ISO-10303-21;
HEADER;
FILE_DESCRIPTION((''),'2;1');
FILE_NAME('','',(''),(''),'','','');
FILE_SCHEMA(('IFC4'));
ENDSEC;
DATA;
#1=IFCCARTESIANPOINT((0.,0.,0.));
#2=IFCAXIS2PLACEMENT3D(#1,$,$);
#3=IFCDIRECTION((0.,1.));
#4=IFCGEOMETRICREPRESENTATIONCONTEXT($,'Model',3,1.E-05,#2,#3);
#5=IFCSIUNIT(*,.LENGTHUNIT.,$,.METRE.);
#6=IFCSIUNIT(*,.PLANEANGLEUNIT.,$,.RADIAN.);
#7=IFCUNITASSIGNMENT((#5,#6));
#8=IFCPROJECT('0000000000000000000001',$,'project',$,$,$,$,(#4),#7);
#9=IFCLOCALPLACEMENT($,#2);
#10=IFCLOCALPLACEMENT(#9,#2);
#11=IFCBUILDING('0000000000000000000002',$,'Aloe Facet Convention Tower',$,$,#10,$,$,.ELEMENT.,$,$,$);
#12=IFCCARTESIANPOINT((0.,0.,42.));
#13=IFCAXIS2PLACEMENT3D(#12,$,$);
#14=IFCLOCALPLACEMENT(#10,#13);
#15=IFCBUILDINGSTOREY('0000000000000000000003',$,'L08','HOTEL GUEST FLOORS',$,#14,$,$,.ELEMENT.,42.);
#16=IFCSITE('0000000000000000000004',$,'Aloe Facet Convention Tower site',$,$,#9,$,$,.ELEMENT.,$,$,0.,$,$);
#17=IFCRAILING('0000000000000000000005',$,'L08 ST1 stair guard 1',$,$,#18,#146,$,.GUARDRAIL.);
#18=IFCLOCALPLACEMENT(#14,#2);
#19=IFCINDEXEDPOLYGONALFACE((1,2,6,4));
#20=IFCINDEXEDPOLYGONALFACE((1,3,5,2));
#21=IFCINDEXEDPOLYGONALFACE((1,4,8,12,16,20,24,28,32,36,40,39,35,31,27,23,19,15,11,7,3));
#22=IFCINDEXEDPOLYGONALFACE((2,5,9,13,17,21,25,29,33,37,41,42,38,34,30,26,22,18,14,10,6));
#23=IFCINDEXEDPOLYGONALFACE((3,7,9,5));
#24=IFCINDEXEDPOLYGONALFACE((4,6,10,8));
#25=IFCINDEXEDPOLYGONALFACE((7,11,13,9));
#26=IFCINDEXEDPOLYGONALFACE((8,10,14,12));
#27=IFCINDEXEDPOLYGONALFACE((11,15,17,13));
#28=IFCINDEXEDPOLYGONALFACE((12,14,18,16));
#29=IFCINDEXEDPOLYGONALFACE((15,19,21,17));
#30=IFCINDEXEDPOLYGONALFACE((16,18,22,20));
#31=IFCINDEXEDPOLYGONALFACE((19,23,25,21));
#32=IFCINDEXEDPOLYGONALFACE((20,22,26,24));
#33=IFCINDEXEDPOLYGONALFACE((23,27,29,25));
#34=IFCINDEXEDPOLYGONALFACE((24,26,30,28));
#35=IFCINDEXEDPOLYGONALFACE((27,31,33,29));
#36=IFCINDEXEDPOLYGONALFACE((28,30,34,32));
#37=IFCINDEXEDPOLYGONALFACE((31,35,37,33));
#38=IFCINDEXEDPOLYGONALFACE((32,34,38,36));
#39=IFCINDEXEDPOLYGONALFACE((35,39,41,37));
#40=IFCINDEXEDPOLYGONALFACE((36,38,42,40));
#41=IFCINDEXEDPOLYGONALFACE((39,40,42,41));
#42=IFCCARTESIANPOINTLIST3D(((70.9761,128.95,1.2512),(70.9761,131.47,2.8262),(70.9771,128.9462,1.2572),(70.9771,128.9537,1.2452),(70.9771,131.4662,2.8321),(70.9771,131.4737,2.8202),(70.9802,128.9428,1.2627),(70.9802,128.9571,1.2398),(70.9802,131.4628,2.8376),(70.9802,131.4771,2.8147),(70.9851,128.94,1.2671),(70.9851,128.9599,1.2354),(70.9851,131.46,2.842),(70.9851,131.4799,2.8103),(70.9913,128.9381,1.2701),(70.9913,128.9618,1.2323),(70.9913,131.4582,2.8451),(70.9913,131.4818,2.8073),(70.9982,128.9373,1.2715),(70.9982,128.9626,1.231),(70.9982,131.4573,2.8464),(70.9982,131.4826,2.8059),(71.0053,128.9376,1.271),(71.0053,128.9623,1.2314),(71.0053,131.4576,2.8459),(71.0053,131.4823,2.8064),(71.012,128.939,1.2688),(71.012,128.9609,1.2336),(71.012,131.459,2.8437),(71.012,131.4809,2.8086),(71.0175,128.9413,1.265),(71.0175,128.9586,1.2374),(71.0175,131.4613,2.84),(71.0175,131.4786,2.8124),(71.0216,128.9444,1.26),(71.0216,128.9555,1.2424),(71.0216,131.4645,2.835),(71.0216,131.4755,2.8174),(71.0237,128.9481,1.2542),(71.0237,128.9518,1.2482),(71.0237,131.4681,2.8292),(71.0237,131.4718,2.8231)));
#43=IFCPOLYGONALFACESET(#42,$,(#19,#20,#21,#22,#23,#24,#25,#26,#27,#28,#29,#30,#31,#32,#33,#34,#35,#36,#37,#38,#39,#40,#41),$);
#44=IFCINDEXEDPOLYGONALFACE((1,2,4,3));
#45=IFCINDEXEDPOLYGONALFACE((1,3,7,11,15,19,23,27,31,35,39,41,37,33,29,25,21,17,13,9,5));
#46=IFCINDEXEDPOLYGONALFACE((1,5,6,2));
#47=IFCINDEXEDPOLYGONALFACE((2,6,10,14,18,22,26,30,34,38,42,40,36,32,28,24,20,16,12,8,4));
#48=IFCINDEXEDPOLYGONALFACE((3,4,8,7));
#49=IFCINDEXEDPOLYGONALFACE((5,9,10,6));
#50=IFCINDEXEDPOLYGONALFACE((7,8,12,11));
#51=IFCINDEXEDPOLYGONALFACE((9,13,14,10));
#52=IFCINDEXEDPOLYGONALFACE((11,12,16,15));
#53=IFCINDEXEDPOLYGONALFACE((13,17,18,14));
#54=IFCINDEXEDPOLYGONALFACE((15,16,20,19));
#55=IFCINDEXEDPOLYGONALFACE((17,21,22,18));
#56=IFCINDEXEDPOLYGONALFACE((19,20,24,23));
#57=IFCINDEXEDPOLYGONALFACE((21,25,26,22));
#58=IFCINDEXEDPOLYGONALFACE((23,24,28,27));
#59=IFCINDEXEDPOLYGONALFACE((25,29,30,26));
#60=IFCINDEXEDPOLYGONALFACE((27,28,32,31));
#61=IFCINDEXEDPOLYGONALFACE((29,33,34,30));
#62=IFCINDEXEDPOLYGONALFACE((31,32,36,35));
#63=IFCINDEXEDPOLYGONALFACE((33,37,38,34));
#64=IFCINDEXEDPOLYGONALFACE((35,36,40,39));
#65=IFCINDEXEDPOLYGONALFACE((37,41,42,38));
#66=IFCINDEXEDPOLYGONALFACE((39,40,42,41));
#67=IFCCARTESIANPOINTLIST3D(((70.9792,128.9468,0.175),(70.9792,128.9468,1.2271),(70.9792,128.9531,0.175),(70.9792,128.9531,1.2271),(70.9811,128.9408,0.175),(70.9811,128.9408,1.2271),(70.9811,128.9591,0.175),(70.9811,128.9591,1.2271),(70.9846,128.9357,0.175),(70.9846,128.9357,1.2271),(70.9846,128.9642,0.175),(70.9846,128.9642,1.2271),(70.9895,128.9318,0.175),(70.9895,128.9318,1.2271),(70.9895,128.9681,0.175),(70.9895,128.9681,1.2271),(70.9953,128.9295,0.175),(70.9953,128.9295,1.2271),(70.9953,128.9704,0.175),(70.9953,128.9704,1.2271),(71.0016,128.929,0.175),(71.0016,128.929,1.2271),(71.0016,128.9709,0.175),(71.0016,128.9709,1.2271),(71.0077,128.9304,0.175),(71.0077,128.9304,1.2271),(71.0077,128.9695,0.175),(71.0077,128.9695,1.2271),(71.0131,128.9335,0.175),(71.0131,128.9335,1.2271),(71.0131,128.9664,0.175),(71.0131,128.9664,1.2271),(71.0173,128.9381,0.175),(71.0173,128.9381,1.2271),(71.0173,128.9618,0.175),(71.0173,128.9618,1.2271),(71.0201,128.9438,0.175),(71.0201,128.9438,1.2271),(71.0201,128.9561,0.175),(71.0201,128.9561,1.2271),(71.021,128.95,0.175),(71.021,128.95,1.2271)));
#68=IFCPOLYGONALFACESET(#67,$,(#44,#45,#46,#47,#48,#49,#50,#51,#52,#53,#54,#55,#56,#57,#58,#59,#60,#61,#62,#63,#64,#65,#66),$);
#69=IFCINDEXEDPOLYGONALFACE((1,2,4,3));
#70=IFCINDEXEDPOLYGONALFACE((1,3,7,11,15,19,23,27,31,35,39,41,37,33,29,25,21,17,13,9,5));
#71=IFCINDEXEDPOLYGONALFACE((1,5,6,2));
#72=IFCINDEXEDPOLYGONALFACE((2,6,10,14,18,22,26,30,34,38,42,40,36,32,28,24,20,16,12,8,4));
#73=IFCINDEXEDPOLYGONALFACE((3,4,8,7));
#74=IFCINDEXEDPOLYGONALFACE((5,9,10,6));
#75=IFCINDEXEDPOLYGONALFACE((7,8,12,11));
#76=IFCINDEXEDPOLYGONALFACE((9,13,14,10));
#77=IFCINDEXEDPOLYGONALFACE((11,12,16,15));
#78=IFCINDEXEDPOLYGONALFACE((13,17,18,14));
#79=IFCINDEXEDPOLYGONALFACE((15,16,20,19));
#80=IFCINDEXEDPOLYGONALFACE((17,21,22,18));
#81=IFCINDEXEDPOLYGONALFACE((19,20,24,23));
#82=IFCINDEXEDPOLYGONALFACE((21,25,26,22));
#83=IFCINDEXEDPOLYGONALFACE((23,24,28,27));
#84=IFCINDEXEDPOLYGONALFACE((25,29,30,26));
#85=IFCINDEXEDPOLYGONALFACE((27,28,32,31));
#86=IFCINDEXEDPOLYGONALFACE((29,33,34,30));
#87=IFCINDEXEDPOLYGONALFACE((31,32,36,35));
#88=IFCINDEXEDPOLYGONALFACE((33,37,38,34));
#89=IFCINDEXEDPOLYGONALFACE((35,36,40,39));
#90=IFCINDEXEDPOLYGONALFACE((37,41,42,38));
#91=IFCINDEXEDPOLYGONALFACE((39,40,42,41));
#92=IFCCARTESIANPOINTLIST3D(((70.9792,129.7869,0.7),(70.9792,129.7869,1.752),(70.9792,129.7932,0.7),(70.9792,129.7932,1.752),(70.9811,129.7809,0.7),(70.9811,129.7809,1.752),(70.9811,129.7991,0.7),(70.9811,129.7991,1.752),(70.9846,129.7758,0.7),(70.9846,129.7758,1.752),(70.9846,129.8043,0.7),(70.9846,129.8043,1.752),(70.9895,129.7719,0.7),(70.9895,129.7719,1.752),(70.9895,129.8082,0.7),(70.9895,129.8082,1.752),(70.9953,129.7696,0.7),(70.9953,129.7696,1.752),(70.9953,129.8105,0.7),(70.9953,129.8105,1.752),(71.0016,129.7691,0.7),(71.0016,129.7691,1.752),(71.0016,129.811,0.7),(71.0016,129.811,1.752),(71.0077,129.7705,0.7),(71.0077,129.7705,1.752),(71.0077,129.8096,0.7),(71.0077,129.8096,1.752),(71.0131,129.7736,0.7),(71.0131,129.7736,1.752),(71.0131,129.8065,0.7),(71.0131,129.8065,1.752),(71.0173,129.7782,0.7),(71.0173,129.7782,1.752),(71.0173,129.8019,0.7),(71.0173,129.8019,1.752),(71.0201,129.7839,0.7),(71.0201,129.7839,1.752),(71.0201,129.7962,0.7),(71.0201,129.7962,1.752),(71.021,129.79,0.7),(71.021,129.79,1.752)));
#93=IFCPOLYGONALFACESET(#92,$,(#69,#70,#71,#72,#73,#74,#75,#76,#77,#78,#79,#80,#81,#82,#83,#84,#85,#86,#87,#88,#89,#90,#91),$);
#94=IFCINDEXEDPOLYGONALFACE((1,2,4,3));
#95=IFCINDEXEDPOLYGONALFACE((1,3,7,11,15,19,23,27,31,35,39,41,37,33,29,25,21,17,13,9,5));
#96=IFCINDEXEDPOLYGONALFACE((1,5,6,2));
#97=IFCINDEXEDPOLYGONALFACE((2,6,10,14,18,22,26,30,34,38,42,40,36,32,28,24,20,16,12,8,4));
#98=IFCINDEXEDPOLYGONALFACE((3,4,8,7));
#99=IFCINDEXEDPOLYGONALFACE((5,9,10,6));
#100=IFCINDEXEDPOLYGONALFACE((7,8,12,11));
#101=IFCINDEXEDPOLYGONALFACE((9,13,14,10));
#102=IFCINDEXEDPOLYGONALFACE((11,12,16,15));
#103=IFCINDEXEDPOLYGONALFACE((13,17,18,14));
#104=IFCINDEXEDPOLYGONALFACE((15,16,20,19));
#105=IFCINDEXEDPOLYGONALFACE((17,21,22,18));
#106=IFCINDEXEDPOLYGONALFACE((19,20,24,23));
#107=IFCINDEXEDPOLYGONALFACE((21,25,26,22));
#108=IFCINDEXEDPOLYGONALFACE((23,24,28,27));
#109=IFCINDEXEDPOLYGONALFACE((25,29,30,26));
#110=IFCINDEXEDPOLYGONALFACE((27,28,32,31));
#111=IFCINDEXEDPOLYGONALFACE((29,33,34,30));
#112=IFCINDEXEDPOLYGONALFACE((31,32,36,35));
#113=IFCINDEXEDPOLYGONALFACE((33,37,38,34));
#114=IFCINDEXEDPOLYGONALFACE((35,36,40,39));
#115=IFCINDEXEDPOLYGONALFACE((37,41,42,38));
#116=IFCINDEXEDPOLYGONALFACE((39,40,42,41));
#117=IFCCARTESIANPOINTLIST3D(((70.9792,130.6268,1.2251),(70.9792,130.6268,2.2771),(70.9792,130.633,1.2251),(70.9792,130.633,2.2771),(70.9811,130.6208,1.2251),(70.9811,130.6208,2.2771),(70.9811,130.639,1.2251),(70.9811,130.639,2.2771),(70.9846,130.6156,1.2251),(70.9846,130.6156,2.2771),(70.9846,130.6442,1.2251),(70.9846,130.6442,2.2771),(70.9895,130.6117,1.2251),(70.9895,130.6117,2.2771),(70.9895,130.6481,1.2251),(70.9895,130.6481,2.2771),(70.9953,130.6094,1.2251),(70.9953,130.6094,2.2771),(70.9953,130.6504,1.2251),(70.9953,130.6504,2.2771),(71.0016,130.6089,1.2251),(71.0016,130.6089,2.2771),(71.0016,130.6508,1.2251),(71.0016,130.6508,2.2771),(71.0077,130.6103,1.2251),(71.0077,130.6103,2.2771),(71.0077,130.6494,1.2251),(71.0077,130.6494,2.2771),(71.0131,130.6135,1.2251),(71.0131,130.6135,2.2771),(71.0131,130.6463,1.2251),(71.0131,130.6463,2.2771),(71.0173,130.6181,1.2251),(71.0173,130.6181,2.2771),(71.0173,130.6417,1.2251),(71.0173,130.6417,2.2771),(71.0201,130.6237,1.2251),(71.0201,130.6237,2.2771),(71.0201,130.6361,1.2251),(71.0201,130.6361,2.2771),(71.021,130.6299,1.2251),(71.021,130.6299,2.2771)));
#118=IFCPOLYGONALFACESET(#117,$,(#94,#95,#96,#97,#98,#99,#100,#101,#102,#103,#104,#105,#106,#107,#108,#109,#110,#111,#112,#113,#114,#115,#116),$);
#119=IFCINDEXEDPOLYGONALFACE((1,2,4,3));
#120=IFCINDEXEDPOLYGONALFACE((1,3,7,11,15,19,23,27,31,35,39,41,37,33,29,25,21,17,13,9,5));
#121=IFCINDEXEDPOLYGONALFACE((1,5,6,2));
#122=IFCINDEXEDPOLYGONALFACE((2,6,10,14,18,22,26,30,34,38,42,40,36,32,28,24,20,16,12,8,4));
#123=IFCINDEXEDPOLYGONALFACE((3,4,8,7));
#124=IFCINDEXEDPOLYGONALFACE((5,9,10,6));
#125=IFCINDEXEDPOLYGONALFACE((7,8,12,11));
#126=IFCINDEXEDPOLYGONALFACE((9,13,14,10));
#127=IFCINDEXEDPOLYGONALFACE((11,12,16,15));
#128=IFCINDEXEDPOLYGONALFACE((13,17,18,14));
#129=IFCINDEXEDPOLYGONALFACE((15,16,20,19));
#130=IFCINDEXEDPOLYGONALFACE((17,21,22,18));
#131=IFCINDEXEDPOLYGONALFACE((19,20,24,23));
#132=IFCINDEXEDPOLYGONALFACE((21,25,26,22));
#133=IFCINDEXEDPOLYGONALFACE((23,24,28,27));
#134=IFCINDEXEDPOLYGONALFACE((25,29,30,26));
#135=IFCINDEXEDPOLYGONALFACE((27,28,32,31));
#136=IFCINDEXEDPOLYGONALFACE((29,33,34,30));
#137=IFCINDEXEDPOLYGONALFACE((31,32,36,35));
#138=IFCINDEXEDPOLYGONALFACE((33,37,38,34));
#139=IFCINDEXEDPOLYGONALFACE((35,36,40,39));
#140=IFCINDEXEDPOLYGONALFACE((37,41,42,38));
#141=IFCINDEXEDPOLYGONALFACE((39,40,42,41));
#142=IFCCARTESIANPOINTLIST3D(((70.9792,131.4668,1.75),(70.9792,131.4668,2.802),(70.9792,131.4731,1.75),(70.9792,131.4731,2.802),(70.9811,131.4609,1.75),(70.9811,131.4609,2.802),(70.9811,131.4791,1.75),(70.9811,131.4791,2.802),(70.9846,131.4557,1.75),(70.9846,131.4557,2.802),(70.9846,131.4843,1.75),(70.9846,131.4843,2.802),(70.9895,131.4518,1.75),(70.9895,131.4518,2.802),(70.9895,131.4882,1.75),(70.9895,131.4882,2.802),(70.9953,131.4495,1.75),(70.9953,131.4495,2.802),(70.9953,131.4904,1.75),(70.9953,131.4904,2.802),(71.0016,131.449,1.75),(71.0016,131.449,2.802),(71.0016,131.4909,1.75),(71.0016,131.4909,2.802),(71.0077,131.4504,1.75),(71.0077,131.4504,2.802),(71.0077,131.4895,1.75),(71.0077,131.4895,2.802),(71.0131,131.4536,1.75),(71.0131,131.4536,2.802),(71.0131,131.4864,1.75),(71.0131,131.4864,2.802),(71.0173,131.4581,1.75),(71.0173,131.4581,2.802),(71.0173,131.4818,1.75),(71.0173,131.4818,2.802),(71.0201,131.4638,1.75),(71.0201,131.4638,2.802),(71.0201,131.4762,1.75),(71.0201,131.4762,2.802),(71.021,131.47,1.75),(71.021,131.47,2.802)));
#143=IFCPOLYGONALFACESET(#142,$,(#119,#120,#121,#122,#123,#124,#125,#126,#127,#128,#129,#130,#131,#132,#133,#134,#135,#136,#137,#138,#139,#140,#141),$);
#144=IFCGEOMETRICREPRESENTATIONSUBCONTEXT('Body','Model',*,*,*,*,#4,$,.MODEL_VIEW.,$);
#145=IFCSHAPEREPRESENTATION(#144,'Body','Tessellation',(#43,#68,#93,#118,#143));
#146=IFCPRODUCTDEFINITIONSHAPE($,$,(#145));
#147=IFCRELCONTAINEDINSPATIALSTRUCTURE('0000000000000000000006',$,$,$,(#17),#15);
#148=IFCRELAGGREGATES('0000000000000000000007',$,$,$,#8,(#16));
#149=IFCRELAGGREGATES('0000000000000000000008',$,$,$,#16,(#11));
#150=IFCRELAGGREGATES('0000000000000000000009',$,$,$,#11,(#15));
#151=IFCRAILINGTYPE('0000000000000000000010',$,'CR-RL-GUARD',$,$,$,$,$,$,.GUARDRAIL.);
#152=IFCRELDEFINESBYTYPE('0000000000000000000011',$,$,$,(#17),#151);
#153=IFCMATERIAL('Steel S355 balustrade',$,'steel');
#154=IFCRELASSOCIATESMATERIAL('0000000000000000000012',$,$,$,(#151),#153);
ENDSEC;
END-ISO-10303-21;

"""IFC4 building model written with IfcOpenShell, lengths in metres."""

from ifc_helpers import new_model, si_unit, direction, frame, origin, origin_2d, place, context, subcontext, project, spatial, circle, extrude, material, type_object, element, save


model = new_model("IFC4")

# Units and contexts
model_context = context("Model", 3, precision=1e-05, world=origin(), true_north=direction((0.0, 1.0)))
body_context = subcontext(model_context, "Body", "Model", "MODEL_VIEW")
ifc_project = project(units=[si_unit("LENGTHUNIT", "METRE"), si_unit("PLANEANGLEUNIT", "RADIAN")], contexts=[model_context])

# Site, building, storey
site_placement = place(None, origin())
site = spatial("IfcSite", under=ifc_project, at=site_placement, Name="Aloe Facet Convention Tower site", CompositionType="ELEMENT", RefElevation=0.0)
building_placement = place(site_placement, origin())
building = spatial("IfcBuilding", under=site, at=building_placement, Name="Aloe Facet Convention Tower", CompositionType="ELEMENT")
storey_placement = place(building_placement, frame((0.0, 0.0, 42.0)))
storey = spatial("IfcBuildingStorey", under=building, at=storey_placement, Name="L08", Description="HOTEL GUEST FLOORS", CompositionType="ELEMENT", Elevation=42.0)

# Railing
ifc_material_1 = material(Name="Steel S355 balustrade", Category="steel")
railing_type_1 = type_object("IfcRailingType", Name="CR-RL-GUARD", PredefinedType="GUARDRAIL", material=ifc_material_1)
railing_1_placement = place(storey_placement, frame((71.0, 128.95, 0.175)))
element("IfcRailing", 1, at=railing_1_placement, inside=storey, type_object=railing_type_1, Name="L08 ST1 stair guard 1", PredefinedType="GUARDRAIL", context=body_context, shape_type="SweptSolid", body=[
    extrude(circle(Radius=0.0239, at=origin_2d()), frame((0.0, 0.0, 1.0762), z_axis=(0.0, 0.848008, 0.529984), x_axis=(-1.0, 0.0, 0.0)), (0.0, 0.0, 1.0), 2.9717),
    extrude(circle(Radius=0.021, at=origin_2d()), origin(), (0.0, 0.0, 1.0), 1.052),
    extrude(circle(Radius=0.021, at=origin_2d()), frame((0.0, 0.8401, 0.5249)), (0.0, 0.0, 1.0), 1.052),
    extrude(circle(Radius=0.021, at=origin_2d()), frame((0.0, 1.6799, 1.05)), (0.0, 0.0, 1.0), 1.052),
    extrude(circle(Radius=0.021, at=origin_2d()), frame((0.0, 2.52, 1.575)), (0.0, 0.0, 1.0), 1.052),
])

save(model, "model.ifc")
